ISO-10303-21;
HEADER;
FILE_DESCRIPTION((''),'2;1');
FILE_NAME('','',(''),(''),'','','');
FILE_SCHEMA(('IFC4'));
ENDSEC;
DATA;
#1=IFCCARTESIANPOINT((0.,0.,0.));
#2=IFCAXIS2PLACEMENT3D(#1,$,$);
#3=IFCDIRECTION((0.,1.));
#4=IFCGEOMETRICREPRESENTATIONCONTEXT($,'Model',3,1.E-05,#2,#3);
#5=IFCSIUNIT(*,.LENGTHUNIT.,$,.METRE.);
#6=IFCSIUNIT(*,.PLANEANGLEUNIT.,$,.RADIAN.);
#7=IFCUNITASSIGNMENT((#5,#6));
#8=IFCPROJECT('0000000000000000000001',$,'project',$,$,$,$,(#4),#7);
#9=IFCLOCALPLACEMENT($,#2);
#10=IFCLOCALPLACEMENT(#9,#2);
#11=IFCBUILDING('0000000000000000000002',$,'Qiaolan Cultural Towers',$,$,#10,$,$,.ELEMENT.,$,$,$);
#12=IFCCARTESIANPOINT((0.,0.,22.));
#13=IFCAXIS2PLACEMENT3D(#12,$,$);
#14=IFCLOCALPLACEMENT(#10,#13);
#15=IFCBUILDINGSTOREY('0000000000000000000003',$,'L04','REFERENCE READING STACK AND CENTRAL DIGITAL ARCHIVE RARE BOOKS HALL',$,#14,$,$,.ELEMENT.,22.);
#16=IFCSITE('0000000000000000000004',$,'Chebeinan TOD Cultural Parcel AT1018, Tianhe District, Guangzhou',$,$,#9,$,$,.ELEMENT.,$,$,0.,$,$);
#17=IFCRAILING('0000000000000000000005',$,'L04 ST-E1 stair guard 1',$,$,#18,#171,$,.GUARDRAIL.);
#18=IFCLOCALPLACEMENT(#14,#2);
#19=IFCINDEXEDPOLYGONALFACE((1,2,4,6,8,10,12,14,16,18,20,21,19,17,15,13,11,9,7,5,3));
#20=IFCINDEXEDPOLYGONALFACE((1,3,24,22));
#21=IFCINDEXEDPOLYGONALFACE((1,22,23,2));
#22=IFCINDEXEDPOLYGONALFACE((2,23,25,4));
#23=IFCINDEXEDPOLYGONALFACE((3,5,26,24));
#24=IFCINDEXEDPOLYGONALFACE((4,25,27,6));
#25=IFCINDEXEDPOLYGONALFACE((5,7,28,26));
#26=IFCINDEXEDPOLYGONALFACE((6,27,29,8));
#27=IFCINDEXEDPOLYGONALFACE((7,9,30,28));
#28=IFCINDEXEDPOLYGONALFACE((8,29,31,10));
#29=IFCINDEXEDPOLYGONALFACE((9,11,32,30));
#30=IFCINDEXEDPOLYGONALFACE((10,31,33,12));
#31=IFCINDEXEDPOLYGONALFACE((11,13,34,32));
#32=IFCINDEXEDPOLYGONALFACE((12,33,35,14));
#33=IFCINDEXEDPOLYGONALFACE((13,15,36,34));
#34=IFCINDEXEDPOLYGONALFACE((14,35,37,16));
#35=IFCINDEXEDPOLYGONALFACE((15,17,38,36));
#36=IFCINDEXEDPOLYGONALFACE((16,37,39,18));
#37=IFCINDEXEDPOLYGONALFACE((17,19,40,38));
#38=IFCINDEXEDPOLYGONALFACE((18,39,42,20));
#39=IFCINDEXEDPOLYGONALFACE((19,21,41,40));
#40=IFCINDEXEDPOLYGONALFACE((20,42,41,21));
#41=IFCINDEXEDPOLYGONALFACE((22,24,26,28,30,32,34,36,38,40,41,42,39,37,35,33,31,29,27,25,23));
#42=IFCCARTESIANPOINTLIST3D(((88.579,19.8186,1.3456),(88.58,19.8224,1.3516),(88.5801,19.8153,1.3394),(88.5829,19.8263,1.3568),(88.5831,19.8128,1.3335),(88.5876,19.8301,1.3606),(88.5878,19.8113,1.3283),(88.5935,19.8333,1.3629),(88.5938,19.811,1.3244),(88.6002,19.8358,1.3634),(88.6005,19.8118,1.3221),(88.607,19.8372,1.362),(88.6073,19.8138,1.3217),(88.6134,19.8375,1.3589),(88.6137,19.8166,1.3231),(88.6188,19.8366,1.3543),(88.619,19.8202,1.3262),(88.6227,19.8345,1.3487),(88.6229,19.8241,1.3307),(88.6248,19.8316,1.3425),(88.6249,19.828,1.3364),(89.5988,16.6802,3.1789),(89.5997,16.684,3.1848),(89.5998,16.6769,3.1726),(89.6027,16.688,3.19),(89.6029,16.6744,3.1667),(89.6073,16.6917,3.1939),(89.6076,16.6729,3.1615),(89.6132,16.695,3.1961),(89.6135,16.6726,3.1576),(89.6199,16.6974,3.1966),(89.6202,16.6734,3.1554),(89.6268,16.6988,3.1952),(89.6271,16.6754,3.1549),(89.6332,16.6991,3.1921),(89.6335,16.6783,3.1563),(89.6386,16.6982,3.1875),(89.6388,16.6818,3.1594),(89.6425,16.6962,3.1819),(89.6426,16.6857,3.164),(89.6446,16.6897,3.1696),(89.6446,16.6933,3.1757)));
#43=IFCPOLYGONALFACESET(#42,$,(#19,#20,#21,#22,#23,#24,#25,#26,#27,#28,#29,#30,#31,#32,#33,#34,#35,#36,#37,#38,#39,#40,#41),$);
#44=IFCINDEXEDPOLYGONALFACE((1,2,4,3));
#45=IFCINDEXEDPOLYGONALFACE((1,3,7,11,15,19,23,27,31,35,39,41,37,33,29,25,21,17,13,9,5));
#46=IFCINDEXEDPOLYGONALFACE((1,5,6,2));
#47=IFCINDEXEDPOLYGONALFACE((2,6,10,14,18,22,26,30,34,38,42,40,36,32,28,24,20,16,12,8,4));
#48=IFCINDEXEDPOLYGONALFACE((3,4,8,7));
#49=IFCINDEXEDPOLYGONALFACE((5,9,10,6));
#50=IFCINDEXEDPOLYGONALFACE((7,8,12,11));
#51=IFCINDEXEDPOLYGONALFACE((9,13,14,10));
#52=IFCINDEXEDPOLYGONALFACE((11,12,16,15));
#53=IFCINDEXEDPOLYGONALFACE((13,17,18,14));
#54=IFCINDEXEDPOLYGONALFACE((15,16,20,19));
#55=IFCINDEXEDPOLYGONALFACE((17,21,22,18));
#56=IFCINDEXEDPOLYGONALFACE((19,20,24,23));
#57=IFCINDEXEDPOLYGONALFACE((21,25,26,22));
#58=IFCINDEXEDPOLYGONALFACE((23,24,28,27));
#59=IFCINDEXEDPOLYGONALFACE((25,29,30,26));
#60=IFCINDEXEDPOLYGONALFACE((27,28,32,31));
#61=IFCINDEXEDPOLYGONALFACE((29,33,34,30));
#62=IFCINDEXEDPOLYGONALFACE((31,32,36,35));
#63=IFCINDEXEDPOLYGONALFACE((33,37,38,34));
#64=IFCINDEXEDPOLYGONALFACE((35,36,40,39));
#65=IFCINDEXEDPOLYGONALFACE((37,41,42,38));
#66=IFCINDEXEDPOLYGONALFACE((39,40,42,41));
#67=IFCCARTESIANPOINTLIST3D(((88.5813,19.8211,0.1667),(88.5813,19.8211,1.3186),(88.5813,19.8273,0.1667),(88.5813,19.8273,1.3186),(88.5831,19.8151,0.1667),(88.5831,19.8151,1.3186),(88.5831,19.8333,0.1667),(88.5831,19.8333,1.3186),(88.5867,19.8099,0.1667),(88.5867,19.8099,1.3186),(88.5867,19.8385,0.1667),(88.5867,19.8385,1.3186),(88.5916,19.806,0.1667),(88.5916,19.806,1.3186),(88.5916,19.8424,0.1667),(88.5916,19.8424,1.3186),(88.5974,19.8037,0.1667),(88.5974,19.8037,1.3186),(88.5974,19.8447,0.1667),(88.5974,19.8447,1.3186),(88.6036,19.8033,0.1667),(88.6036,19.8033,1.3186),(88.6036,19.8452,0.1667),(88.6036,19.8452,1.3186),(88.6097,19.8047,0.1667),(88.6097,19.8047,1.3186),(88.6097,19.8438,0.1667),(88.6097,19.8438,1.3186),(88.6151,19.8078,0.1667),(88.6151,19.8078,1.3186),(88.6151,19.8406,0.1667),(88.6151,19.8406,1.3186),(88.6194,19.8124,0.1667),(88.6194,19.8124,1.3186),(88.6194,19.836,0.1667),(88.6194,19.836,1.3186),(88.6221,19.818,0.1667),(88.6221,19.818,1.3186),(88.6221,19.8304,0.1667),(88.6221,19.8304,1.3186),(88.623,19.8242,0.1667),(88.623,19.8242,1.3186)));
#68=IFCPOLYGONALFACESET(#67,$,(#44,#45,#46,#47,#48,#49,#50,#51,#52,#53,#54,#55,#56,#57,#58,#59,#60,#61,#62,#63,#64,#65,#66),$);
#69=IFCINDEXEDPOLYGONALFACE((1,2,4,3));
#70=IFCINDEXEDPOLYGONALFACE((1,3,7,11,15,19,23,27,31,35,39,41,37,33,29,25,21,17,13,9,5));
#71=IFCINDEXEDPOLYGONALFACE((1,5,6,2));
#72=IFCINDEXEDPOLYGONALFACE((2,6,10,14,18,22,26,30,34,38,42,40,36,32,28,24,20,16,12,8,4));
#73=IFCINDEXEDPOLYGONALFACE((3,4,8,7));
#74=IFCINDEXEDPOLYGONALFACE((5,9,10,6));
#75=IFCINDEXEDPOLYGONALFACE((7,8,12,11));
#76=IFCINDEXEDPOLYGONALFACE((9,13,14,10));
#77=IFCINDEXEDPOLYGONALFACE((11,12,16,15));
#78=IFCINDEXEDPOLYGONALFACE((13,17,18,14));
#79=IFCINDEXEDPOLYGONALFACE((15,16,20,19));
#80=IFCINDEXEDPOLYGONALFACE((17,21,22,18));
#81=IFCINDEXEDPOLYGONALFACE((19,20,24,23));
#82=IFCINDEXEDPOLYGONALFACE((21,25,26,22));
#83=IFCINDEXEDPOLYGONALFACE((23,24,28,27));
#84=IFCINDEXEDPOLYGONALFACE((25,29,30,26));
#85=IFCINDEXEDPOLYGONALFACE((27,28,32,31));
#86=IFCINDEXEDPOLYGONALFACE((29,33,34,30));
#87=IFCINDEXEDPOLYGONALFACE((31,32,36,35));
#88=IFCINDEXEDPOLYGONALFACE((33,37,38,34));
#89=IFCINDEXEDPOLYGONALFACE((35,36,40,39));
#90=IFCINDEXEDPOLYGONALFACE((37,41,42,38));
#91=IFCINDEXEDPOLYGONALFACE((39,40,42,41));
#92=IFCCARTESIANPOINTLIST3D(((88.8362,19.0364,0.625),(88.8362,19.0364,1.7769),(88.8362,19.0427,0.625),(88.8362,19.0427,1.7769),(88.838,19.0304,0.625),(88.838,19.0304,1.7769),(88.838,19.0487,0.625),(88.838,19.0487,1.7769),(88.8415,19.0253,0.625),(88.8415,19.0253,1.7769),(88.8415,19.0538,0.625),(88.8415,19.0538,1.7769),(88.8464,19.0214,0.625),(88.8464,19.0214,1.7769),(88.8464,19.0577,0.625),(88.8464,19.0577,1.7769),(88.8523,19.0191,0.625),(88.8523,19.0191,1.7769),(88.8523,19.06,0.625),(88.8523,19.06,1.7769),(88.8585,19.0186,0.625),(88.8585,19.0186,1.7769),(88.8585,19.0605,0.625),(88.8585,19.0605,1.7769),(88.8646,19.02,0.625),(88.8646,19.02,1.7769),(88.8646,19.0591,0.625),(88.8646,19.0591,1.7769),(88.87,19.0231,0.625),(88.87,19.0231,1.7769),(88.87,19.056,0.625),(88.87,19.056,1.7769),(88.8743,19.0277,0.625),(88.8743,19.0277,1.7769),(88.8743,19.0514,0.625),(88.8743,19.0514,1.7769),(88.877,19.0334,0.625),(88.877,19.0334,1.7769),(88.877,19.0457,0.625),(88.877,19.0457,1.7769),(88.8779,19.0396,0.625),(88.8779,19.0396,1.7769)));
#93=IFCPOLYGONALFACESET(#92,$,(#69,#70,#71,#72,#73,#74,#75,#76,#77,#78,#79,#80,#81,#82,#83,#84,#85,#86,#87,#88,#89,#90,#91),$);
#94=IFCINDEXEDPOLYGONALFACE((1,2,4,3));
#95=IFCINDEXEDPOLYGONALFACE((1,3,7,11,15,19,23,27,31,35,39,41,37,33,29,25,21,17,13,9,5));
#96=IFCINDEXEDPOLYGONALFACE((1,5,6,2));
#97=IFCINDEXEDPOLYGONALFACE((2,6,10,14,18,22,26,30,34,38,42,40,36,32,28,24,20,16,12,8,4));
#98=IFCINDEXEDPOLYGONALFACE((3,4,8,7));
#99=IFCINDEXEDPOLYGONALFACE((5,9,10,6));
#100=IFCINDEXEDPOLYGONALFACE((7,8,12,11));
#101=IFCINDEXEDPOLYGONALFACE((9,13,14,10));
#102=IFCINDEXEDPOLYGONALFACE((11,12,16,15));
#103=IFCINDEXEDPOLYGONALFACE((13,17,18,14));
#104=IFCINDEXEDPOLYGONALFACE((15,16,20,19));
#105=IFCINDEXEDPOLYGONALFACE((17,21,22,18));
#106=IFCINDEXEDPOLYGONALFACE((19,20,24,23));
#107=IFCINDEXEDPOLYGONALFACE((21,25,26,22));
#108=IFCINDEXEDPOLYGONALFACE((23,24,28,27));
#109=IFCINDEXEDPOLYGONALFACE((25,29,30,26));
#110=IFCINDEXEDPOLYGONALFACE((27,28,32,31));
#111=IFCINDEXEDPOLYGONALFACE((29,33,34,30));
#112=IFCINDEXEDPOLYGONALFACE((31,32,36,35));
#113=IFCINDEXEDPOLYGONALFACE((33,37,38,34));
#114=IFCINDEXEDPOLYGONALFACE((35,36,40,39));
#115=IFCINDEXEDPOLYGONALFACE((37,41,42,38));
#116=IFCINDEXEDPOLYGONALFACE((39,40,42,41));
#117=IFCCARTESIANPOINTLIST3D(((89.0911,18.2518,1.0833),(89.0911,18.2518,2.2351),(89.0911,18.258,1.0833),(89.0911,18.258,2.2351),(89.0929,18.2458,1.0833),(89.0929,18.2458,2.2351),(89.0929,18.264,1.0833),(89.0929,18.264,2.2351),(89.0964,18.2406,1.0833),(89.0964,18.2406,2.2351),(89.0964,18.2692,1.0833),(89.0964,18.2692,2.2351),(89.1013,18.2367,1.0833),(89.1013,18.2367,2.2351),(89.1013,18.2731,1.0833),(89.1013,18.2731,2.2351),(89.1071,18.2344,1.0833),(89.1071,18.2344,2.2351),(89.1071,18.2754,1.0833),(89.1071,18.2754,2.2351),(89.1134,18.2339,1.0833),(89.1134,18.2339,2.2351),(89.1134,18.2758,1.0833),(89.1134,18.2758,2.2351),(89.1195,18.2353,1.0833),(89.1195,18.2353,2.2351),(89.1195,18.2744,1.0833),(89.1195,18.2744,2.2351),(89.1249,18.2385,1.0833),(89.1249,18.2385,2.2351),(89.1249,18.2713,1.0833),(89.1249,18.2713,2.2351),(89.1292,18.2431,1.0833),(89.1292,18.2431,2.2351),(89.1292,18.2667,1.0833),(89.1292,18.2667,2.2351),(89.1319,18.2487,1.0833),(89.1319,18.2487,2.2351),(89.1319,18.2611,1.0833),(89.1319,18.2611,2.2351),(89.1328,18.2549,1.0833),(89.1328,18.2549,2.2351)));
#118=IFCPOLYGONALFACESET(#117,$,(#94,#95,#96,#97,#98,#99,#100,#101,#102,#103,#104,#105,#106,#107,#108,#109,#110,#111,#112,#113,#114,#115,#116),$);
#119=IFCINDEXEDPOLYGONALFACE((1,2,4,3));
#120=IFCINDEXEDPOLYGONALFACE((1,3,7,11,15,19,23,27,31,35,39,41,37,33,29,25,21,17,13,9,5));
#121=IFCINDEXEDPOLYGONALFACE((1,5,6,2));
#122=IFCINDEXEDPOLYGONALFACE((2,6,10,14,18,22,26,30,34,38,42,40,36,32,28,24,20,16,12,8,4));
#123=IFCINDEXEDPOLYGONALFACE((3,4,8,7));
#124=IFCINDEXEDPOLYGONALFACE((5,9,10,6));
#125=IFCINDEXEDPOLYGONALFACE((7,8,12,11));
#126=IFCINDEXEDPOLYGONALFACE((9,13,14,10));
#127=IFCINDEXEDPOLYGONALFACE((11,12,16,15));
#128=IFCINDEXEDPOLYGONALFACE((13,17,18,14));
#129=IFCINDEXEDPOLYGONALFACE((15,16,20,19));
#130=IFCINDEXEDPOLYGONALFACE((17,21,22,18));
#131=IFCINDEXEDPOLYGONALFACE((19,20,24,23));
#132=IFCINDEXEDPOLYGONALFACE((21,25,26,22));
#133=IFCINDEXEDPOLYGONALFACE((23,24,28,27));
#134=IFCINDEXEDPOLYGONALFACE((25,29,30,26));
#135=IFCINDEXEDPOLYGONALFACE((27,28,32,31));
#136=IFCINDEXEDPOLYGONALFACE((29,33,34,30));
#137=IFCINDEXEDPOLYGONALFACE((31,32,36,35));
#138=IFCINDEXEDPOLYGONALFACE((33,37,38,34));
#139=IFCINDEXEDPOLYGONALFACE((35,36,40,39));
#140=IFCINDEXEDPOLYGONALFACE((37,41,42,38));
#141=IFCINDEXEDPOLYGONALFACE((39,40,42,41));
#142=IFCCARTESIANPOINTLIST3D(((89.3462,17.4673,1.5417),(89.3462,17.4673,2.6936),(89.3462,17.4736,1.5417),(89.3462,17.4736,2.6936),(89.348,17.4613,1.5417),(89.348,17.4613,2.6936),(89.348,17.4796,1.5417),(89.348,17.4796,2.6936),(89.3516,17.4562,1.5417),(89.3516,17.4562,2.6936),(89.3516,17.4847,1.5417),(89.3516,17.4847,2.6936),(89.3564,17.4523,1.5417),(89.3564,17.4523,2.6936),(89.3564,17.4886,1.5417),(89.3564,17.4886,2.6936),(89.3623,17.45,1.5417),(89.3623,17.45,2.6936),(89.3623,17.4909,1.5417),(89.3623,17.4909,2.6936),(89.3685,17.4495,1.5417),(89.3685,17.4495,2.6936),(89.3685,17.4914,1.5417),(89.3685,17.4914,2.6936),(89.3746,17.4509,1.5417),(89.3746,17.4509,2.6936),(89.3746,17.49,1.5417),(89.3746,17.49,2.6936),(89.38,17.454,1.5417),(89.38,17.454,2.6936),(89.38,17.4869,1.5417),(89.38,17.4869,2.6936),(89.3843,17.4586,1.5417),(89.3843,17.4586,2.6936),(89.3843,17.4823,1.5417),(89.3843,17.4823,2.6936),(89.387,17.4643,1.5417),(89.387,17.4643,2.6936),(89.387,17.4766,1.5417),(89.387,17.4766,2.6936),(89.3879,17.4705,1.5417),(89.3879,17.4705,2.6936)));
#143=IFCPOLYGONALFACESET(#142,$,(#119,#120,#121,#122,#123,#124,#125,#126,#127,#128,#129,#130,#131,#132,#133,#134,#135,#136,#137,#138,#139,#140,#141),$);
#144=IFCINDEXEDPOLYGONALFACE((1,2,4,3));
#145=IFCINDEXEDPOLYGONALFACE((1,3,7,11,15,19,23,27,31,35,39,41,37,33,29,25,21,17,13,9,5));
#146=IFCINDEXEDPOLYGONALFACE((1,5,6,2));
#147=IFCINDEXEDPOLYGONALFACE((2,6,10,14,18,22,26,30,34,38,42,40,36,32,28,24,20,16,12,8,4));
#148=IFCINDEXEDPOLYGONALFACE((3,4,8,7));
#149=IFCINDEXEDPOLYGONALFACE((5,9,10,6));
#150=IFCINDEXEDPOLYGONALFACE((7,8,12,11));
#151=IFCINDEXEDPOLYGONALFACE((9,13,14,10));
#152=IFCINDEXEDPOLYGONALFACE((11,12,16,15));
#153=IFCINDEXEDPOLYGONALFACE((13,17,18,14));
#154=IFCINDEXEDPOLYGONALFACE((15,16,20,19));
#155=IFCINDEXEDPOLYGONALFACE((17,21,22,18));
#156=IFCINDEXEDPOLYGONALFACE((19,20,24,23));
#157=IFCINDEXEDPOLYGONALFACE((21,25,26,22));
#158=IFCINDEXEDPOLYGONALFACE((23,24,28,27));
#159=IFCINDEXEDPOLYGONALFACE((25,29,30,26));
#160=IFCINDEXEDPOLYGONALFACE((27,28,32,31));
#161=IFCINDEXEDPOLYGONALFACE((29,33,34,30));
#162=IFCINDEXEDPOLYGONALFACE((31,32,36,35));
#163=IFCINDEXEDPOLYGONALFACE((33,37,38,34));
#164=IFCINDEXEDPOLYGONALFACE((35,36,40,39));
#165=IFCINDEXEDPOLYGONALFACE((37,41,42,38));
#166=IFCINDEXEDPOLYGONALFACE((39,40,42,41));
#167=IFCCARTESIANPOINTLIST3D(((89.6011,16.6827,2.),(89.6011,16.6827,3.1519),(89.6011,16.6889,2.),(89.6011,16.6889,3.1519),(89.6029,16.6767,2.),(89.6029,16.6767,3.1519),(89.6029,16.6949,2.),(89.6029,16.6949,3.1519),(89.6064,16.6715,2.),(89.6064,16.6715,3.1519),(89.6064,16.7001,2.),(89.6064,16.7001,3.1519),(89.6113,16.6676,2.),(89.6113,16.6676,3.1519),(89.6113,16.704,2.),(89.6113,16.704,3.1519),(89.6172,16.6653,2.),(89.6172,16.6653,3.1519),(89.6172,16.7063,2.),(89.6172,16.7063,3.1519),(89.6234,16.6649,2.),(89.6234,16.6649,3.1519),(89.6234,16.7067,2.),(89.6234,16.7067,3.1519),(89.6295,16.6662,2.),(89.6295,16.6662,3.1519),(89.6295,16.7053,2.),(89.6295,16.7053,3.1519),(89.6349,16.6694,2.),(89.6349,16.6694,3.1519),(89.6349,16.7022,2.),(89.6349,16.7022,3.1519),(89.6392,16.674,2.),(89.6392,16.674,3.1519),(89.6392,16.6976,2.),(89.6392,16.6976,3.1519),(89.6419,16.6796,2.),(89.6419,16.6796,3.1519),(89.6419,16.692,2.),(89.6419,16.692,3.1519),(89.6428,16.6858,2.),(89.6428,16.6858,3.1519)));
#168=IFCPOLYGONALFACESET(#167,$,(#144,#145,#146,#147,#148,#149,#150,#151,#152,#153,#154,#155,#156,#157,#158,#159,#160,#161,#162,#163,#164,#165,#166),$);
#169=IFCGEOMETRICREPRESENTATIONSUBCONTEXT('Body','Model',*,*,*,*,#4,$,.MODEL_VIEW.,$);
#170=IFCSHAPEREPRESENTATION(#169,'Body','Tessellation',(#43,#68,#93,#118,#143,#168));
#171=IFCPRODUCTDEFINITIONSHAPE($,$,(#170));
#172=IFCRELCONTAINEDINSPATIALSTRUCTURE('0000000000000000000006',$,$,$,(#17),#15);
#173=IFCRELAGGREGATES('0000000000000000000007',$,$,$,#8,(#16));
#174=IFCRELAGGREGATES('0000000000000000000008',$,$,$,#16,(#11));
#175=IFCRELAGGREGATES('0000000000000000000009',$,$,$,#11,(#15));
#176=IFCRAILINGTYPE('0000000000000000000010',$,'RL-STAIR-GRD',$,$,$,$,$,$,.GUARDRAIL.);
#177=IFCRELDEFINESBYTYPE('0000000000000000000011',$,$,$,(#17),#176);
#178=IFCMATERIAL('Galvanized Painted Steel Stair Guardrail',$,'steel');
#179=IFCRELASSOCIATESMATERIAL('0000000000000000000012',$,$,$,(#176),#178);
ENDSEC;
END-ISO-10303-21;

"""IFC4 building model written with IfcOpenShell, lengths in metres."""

from ifc_helpers import new_model, si_unit, direction, frame, origin, origin_2d, place, context, subcontext, project, spatial, circle, extrude, material, type_object, element, save


model = new_model("IFC4")

# Units and contexts
model_context = context("Model", 3, precision=1e-05, world=origin(), true_north=direction((0.0, 1.0)))
body_context = subcontext(model_context, "Body", "Model", "MODEL_VIEW")
ifc_project = project(units=[si_unit("LENGTHUNIT", "METRE"), si_unit("PLANEANGLEUNIT", "RADIAN")], contexts=[model_context])

# Site, building, storey
site_placement = place(None, origin())
site = spatial("IfcSite", under=ifc_project, at=site_placement, Name="Chebeinan TOD Cultural Parcel AT1018, Tianhe District, Guangzhou", CompositionType="ELEMENT", RefElevation=0.0)
building_placement = place(site_placement, origin())
building = spatial("IfcBuilding", under=site, at=building_placement, Name="Qiaolan Cultural Towers", CompositionType="ELEMENT")
storey_placement = place(building_placement, frame((0.0, 0.0, 22.0)))
storey = spatial("IfcBuildingStorey", under=building, at=storey_placement, Name="L04", Description="REFERENCE READING STACK AND CENTRAL DIGITAL ARCHIVE RARE BOOKS HALL", CompositionType="ELEMENT", Elevation=22.0)

# Railing
ifc_material_1 = material(Name="Galvanized Painted Steel Stair Guardrail", Category="steel")
railing_type_1 = type_object("IfcRailingType", Name="RL-STAIR-GRD", PredefinedType="GUARDRAIL", material=ifc_material_1)
railing_1_placement = place(storey_placement, frame((88.6021, 19.8242, 0.1667)))
element("IfcRailing", 1, at=railing_1_placement, inside=storey, type_object=railing_type_1, Name="L04 ST-E1 stair guard 1", PredefinedType="GUARDRAIL", context=body_context, shape_type="SweptSolid", body=[
    extrude(circle(Radius=0.0239, at=origin_2d()), frame((0.0, 0.0, 1.1758), z_axis=(0.270141, -0.831376, 0.485632), x_axis=(0.951053, 0.309028, 0.0)), (0.0, 0.0, 1.0), 3.7749),
    extrude(circle(Radius=0.021, at=origin_2d()), origin(), (0.0, 0.0, 1.0), 1.1519),
    extrude(circle(Radius=0.021, at=origin_2d()), frame((0.2549, -0.7847, 0.4583)), (0.0, 0.0, 1.0), 1.1519),
    extrude(circle(Radius=0.021, at=origin_2d()), frame((0.5098, -1.5693, 0.9165)), (0.0, 0.0, 1.0), 1.1519),
    extrude(circle(Radius=0.021, at=origin_2d()), frame((0.7649, -2.3538, 1.375)), (0.0, 0.0, 1.0), 1.1519),
    extrude(circle(Radius=0.021, at=origin_2d()), frame((1.0198, -3.1384, 1.8333)), (0.0, 0.0, 1.0), 1.1519),
])

save(model, "model.ifc")
